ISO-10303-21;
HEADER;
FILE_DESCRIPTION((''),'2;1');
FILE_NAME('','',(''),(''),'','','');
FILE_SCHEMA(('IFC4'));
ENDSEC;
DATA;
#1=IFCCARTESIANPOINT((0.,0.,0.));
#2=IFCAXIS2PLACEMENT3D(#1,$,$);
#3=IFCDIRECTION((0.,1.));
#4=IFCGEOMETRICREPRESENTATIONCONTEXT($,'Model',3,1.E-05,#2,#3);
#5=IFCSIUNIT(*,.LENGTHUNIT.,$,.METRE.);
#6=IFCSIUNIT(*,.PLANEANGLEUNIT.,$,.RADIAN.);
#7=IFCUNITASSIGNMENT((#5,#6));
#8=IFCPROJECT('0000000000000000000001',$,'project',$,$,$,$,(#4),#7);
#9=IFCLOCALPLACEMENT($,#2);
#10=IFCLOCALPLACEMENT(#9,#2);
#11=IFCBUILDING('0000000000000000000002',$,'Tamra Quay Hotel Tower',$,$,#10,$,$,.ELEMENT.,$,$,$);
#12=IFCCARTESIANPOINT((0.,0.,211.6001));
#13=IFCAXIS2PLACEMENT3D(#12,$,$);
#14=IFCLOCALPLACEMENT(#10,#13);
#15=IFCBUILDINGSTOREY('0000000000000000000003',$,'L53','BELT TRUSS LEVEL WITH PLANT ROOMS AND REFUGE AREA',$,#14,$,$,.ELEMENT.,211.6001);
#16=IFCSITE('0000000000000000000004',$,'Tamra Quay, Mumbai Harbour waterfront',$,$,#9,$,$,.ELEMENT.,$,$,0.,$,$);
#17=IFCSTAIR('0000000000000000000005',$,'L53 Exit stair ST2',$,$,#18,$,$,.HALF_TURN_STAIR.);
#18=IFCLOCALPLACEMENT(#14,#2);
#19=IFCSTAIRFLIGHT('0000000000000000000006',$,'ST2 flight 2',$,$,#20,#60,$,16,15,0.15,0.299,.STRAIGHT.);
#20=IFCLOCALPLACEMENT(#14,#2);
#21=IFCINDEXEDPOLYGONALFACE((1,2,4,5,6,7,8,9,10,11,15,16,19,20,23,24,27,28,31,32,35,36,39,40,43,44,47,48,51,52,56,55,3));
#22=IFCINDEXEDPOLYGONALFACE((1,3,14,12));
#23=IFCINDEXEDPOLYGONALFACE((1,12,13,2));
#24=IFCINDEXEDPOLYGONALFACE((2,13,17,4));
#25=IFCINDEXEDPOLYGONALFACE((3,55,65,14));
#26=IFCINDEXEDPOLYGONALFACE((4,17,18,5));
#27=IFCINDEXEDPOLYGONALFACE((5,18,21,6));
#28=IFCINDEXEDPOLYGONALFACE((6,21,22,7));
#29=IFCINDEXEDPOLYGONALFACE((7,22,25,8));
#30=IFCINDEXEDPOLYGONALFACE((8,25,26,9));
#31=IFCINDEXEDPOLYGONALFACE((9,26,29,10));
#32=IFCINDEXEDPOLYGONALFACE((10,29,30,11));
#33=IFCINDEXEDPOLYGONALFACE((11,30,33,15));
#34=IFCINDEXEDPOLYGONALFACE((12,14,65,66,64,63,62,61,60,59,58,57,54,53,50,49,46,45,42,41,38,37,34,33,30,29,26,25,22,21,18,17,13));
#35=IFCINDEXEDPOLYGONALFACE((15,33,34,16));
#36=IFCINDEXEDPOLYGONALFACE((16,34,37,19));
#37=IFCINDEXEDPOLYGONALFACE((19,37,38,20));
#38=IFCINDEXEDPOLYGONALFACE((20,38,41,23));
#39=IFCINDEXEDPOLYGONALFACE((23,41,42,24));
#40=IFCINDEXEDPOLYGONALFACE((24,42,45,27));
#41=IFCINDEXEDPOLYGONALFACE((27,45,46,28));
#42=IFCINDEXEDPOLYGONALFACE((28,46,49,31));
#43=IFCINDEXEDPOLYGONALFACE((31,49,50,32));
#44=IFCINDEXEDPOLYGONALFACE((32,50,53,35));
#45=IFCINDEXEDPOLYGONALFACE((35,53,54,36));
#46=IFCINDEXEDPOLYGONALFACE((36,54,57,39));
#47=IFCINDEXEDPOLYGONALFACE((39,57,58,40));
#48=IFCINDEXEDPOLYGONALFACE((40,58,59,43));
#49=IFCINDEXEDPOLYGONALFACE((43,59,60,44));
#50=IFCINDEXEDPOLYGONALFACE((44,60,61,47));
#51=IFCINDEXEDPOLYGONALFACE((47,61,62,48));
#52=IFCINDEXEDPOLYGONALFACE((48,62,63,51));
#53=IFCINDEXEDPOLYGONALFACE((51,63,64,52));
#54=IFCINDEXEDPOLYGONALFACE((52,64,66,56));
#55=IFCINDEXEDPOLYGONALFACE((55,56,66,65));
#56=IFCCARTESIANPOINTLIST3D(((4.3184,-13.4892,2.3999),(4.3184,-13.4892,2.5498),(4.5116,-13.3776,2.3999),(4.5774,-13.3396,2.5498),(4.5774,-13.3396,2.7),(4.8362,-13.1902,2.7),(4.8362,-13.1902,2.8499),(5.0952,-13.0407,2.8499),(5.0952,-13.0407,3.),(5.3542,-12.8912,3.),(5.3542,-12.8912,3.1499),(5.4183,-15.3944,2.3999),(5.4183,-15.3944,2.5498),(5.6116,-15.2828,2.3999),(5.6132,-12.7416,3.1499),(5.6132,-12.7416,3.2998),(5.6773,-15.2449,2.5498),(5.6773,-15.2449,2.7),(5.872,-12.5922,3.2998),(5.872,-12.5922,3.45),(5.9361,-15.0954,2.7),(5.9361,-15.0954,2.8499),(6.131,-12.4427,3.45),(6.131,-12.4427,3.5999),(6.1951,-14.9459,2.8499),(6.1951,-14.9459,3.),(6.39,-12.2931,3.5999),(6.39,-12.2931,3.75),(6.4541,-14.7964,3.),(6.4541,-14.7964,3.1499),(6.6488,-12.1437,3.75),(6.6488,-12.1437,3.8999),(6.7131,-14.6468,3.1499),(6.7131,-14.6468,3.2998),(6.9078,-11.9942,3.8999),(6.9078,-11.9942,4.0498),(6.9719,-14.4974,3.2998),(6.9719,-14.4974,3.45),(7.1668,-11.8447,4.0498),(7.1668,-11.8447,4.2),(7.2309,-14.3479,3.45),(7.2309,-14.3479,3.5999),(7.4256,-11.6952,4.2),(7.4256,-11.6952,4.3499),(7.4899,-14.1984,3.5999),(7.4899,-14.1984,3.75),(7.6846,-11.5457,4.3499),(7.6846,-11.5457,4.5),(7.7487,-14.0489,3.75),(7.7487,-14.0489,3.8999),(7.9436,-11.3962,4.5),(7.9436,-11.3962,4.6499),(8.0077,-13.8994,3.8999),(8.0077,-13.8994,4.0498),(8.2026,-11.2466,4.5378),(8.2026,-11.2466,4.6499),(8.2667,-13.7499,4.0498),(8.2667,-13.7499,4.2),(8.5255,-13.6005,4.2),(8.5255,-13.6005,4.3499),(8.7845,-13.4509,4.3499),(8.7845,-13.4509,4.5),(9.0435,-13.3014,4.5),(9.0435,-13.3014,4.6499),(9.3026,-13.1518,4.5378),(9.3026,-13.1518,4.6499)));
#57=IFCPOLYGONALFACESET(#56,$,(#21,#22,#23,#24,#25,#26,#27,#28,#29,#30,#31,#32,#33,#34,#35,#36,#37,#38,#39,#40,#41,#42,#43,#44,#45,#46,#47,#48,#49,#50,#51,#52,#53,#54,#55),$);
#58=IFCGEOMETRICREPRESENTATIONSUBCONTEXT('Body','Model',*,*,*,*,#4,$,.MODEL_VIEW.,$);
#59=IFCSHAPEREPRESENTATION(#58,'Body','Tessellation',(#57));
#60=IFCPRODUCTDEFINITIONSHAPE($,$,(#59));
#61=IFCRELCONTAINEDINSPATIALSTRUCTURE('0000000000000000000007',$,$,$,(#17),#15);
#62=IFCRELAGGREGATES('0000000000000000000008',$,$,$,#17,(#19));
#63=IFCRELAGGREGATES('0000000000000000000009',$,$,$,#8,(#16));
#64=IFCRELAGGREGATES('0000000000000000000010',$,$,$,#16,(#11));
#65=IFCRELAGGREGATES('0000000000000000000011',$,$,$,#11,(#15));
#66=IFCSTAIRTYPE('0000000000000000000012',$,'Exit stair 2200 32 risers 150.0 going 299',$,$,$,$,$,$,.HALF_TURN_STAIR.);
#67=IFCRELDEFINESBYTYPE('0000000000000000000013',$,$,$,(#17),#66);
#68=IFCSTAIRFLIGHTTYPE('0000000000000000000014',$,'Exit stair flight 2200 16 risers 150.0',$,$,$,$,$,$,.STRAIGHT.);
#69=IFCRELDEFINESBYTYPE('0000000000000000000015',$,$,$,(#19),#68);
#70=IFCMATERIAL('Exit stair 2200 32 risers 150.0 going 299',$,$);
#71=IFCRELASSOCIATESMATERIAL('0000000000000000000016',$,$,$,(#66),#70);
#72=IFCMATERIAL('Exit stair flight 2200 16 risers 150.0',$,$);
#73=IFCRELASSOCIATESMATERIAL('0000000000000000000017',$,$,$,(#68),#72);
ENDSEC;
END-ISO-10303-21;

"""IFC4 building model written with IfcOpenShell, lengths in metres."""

from ifc_helpers import new_model, si_unit, direction, frame, origin, place, context, subcontext, project, spatial, polyline, outline, extrude, material, type_object, element, aggregate, save


model = new_model("IFC4")

# Units and contexts
model_context = context("Model", 3, precision=1e-05, world=origin(), true_north=direction((0.0, 1.0)))
body_context = subcontext(model_context, "Body", "Model", "MODEL_VIEW")
ifc_project = project(units=[si_unit("LENGTHUNIT", "METRE"), si_unit("PLANEANGLEUNIT", "RADIAN")], contexts=[model_context])

# Site, building, storey
site_placement = place(None, origin())
site = spatial("IfcSite", under=ifc_project, at=site_placement, Name="Tamra Quay, Mumbai Harbour waterfront", CompositionType="ELEMENT", RefElevation=0.0)
building_placement = place(site_placement, origin())
building = spatial("IfcBuilding", under=site, at=building_placement, Name="Tamra Quay Hotel Tower", CompositionType="ELEMENT")
storey_placement = place(building_placement, frame((0.0, 0.0, 211.6001)))
storey = spatial("IfcBuildingStorey", under=building, at=storey_placement, Name="L53", Description="BELT TRUSS LEVEL WITH PLANT ROOMS AND REFUGE AREA", CompositionType="ELEMENT", Elevation=211.6001)

# Stair, stair flight
ifc_material_1 = material(Name="Exit stair 2200 32 risers 150.0 going 299")
stair_type = type_object("IfcStairType", Name="Exit stair 2200 32 risers 150.0 going 299", PredefinedType="HALF_TURN_STAIR", material=ifc_material_1)
stair_placement = place(storey_placement, origin())
stair = element("IfcStair", 1, at=stair_placement, inside=storey, type_object=stair_type, Name="L53 Exit stair ST2", PredefinedType="HALF_TURN_STAIR")
ifc_material_2 = material(Name="Exit stair flight 2200 16 risers 150.0")
stair_flight_type = type_object("IfcStairFlightType", Name="Exit stair flight 2200 16 risers 150.0", PredefinedType="STRAIGHT", material=ifc_material_2)
stair_flight_placement = place(storey_placement, frame((4.8684, -14.4419, 2.3999), z_axis=(0.0, 0.0, 1.0), x_axis=(0.866025, 0.5, 0.0)))
stair_flight = element("IfcStairFlight", 2, at=stair_flight_placement, type_object=stair_flight_type, Name="ST2 flight 2", NumberOfRisers=16, NumberOfTreads=15, PredefinedType="STRAIGHT", RiserHeight=0.15, TreadLength=0.299, context=body_context, shape_type="SweptSolid", body=[
    extrude(outline(polyline([(0.0, 0.0), (0.0, 0.1499), (0.2991, 0.1499), (0.2991, 0.3), (0.5979, 0.3), (0.5979, 0.45), (0.897, 0.45), (0.897, 0.6001), (1.196, 0.6001), (1.196, 0.75), (1.4951, 0.75), (1.4951, 0.8999), (1.7939, 0.8999), (1.7939, 1.05), (2.093, 1.05), (2.093, 1.2), (2.3921, 1.2), (2.3921, 1.3501), (2.6909, 1.3501), (2.6909, 1.5), (2.99, 1.5), (2.99, 1.6499), (3.2891, 1.6499), (3.2891, 1.8), (3.5879, 1.8), (3.5879, 1.95), (3.887, 1.95), (3.887, 2.1001), (4.186, 2.1001), (4.186, 2.25), (4.4851, 2.25), (4.4851, 2.3999), (4.4851, 2.1379), (0.2231, 0.0), (0.0, 0.0)])), frame((0.0, 1.1001, 0.0), z_axis=(0.0, -1.0, 0.0), x_axis=(1.0, 0.0, 0.0)), (0.0, 0.0, 1.0), 2.2),
])
aggregate(stair, [stair_flight])

save(model, "model.ifc")
